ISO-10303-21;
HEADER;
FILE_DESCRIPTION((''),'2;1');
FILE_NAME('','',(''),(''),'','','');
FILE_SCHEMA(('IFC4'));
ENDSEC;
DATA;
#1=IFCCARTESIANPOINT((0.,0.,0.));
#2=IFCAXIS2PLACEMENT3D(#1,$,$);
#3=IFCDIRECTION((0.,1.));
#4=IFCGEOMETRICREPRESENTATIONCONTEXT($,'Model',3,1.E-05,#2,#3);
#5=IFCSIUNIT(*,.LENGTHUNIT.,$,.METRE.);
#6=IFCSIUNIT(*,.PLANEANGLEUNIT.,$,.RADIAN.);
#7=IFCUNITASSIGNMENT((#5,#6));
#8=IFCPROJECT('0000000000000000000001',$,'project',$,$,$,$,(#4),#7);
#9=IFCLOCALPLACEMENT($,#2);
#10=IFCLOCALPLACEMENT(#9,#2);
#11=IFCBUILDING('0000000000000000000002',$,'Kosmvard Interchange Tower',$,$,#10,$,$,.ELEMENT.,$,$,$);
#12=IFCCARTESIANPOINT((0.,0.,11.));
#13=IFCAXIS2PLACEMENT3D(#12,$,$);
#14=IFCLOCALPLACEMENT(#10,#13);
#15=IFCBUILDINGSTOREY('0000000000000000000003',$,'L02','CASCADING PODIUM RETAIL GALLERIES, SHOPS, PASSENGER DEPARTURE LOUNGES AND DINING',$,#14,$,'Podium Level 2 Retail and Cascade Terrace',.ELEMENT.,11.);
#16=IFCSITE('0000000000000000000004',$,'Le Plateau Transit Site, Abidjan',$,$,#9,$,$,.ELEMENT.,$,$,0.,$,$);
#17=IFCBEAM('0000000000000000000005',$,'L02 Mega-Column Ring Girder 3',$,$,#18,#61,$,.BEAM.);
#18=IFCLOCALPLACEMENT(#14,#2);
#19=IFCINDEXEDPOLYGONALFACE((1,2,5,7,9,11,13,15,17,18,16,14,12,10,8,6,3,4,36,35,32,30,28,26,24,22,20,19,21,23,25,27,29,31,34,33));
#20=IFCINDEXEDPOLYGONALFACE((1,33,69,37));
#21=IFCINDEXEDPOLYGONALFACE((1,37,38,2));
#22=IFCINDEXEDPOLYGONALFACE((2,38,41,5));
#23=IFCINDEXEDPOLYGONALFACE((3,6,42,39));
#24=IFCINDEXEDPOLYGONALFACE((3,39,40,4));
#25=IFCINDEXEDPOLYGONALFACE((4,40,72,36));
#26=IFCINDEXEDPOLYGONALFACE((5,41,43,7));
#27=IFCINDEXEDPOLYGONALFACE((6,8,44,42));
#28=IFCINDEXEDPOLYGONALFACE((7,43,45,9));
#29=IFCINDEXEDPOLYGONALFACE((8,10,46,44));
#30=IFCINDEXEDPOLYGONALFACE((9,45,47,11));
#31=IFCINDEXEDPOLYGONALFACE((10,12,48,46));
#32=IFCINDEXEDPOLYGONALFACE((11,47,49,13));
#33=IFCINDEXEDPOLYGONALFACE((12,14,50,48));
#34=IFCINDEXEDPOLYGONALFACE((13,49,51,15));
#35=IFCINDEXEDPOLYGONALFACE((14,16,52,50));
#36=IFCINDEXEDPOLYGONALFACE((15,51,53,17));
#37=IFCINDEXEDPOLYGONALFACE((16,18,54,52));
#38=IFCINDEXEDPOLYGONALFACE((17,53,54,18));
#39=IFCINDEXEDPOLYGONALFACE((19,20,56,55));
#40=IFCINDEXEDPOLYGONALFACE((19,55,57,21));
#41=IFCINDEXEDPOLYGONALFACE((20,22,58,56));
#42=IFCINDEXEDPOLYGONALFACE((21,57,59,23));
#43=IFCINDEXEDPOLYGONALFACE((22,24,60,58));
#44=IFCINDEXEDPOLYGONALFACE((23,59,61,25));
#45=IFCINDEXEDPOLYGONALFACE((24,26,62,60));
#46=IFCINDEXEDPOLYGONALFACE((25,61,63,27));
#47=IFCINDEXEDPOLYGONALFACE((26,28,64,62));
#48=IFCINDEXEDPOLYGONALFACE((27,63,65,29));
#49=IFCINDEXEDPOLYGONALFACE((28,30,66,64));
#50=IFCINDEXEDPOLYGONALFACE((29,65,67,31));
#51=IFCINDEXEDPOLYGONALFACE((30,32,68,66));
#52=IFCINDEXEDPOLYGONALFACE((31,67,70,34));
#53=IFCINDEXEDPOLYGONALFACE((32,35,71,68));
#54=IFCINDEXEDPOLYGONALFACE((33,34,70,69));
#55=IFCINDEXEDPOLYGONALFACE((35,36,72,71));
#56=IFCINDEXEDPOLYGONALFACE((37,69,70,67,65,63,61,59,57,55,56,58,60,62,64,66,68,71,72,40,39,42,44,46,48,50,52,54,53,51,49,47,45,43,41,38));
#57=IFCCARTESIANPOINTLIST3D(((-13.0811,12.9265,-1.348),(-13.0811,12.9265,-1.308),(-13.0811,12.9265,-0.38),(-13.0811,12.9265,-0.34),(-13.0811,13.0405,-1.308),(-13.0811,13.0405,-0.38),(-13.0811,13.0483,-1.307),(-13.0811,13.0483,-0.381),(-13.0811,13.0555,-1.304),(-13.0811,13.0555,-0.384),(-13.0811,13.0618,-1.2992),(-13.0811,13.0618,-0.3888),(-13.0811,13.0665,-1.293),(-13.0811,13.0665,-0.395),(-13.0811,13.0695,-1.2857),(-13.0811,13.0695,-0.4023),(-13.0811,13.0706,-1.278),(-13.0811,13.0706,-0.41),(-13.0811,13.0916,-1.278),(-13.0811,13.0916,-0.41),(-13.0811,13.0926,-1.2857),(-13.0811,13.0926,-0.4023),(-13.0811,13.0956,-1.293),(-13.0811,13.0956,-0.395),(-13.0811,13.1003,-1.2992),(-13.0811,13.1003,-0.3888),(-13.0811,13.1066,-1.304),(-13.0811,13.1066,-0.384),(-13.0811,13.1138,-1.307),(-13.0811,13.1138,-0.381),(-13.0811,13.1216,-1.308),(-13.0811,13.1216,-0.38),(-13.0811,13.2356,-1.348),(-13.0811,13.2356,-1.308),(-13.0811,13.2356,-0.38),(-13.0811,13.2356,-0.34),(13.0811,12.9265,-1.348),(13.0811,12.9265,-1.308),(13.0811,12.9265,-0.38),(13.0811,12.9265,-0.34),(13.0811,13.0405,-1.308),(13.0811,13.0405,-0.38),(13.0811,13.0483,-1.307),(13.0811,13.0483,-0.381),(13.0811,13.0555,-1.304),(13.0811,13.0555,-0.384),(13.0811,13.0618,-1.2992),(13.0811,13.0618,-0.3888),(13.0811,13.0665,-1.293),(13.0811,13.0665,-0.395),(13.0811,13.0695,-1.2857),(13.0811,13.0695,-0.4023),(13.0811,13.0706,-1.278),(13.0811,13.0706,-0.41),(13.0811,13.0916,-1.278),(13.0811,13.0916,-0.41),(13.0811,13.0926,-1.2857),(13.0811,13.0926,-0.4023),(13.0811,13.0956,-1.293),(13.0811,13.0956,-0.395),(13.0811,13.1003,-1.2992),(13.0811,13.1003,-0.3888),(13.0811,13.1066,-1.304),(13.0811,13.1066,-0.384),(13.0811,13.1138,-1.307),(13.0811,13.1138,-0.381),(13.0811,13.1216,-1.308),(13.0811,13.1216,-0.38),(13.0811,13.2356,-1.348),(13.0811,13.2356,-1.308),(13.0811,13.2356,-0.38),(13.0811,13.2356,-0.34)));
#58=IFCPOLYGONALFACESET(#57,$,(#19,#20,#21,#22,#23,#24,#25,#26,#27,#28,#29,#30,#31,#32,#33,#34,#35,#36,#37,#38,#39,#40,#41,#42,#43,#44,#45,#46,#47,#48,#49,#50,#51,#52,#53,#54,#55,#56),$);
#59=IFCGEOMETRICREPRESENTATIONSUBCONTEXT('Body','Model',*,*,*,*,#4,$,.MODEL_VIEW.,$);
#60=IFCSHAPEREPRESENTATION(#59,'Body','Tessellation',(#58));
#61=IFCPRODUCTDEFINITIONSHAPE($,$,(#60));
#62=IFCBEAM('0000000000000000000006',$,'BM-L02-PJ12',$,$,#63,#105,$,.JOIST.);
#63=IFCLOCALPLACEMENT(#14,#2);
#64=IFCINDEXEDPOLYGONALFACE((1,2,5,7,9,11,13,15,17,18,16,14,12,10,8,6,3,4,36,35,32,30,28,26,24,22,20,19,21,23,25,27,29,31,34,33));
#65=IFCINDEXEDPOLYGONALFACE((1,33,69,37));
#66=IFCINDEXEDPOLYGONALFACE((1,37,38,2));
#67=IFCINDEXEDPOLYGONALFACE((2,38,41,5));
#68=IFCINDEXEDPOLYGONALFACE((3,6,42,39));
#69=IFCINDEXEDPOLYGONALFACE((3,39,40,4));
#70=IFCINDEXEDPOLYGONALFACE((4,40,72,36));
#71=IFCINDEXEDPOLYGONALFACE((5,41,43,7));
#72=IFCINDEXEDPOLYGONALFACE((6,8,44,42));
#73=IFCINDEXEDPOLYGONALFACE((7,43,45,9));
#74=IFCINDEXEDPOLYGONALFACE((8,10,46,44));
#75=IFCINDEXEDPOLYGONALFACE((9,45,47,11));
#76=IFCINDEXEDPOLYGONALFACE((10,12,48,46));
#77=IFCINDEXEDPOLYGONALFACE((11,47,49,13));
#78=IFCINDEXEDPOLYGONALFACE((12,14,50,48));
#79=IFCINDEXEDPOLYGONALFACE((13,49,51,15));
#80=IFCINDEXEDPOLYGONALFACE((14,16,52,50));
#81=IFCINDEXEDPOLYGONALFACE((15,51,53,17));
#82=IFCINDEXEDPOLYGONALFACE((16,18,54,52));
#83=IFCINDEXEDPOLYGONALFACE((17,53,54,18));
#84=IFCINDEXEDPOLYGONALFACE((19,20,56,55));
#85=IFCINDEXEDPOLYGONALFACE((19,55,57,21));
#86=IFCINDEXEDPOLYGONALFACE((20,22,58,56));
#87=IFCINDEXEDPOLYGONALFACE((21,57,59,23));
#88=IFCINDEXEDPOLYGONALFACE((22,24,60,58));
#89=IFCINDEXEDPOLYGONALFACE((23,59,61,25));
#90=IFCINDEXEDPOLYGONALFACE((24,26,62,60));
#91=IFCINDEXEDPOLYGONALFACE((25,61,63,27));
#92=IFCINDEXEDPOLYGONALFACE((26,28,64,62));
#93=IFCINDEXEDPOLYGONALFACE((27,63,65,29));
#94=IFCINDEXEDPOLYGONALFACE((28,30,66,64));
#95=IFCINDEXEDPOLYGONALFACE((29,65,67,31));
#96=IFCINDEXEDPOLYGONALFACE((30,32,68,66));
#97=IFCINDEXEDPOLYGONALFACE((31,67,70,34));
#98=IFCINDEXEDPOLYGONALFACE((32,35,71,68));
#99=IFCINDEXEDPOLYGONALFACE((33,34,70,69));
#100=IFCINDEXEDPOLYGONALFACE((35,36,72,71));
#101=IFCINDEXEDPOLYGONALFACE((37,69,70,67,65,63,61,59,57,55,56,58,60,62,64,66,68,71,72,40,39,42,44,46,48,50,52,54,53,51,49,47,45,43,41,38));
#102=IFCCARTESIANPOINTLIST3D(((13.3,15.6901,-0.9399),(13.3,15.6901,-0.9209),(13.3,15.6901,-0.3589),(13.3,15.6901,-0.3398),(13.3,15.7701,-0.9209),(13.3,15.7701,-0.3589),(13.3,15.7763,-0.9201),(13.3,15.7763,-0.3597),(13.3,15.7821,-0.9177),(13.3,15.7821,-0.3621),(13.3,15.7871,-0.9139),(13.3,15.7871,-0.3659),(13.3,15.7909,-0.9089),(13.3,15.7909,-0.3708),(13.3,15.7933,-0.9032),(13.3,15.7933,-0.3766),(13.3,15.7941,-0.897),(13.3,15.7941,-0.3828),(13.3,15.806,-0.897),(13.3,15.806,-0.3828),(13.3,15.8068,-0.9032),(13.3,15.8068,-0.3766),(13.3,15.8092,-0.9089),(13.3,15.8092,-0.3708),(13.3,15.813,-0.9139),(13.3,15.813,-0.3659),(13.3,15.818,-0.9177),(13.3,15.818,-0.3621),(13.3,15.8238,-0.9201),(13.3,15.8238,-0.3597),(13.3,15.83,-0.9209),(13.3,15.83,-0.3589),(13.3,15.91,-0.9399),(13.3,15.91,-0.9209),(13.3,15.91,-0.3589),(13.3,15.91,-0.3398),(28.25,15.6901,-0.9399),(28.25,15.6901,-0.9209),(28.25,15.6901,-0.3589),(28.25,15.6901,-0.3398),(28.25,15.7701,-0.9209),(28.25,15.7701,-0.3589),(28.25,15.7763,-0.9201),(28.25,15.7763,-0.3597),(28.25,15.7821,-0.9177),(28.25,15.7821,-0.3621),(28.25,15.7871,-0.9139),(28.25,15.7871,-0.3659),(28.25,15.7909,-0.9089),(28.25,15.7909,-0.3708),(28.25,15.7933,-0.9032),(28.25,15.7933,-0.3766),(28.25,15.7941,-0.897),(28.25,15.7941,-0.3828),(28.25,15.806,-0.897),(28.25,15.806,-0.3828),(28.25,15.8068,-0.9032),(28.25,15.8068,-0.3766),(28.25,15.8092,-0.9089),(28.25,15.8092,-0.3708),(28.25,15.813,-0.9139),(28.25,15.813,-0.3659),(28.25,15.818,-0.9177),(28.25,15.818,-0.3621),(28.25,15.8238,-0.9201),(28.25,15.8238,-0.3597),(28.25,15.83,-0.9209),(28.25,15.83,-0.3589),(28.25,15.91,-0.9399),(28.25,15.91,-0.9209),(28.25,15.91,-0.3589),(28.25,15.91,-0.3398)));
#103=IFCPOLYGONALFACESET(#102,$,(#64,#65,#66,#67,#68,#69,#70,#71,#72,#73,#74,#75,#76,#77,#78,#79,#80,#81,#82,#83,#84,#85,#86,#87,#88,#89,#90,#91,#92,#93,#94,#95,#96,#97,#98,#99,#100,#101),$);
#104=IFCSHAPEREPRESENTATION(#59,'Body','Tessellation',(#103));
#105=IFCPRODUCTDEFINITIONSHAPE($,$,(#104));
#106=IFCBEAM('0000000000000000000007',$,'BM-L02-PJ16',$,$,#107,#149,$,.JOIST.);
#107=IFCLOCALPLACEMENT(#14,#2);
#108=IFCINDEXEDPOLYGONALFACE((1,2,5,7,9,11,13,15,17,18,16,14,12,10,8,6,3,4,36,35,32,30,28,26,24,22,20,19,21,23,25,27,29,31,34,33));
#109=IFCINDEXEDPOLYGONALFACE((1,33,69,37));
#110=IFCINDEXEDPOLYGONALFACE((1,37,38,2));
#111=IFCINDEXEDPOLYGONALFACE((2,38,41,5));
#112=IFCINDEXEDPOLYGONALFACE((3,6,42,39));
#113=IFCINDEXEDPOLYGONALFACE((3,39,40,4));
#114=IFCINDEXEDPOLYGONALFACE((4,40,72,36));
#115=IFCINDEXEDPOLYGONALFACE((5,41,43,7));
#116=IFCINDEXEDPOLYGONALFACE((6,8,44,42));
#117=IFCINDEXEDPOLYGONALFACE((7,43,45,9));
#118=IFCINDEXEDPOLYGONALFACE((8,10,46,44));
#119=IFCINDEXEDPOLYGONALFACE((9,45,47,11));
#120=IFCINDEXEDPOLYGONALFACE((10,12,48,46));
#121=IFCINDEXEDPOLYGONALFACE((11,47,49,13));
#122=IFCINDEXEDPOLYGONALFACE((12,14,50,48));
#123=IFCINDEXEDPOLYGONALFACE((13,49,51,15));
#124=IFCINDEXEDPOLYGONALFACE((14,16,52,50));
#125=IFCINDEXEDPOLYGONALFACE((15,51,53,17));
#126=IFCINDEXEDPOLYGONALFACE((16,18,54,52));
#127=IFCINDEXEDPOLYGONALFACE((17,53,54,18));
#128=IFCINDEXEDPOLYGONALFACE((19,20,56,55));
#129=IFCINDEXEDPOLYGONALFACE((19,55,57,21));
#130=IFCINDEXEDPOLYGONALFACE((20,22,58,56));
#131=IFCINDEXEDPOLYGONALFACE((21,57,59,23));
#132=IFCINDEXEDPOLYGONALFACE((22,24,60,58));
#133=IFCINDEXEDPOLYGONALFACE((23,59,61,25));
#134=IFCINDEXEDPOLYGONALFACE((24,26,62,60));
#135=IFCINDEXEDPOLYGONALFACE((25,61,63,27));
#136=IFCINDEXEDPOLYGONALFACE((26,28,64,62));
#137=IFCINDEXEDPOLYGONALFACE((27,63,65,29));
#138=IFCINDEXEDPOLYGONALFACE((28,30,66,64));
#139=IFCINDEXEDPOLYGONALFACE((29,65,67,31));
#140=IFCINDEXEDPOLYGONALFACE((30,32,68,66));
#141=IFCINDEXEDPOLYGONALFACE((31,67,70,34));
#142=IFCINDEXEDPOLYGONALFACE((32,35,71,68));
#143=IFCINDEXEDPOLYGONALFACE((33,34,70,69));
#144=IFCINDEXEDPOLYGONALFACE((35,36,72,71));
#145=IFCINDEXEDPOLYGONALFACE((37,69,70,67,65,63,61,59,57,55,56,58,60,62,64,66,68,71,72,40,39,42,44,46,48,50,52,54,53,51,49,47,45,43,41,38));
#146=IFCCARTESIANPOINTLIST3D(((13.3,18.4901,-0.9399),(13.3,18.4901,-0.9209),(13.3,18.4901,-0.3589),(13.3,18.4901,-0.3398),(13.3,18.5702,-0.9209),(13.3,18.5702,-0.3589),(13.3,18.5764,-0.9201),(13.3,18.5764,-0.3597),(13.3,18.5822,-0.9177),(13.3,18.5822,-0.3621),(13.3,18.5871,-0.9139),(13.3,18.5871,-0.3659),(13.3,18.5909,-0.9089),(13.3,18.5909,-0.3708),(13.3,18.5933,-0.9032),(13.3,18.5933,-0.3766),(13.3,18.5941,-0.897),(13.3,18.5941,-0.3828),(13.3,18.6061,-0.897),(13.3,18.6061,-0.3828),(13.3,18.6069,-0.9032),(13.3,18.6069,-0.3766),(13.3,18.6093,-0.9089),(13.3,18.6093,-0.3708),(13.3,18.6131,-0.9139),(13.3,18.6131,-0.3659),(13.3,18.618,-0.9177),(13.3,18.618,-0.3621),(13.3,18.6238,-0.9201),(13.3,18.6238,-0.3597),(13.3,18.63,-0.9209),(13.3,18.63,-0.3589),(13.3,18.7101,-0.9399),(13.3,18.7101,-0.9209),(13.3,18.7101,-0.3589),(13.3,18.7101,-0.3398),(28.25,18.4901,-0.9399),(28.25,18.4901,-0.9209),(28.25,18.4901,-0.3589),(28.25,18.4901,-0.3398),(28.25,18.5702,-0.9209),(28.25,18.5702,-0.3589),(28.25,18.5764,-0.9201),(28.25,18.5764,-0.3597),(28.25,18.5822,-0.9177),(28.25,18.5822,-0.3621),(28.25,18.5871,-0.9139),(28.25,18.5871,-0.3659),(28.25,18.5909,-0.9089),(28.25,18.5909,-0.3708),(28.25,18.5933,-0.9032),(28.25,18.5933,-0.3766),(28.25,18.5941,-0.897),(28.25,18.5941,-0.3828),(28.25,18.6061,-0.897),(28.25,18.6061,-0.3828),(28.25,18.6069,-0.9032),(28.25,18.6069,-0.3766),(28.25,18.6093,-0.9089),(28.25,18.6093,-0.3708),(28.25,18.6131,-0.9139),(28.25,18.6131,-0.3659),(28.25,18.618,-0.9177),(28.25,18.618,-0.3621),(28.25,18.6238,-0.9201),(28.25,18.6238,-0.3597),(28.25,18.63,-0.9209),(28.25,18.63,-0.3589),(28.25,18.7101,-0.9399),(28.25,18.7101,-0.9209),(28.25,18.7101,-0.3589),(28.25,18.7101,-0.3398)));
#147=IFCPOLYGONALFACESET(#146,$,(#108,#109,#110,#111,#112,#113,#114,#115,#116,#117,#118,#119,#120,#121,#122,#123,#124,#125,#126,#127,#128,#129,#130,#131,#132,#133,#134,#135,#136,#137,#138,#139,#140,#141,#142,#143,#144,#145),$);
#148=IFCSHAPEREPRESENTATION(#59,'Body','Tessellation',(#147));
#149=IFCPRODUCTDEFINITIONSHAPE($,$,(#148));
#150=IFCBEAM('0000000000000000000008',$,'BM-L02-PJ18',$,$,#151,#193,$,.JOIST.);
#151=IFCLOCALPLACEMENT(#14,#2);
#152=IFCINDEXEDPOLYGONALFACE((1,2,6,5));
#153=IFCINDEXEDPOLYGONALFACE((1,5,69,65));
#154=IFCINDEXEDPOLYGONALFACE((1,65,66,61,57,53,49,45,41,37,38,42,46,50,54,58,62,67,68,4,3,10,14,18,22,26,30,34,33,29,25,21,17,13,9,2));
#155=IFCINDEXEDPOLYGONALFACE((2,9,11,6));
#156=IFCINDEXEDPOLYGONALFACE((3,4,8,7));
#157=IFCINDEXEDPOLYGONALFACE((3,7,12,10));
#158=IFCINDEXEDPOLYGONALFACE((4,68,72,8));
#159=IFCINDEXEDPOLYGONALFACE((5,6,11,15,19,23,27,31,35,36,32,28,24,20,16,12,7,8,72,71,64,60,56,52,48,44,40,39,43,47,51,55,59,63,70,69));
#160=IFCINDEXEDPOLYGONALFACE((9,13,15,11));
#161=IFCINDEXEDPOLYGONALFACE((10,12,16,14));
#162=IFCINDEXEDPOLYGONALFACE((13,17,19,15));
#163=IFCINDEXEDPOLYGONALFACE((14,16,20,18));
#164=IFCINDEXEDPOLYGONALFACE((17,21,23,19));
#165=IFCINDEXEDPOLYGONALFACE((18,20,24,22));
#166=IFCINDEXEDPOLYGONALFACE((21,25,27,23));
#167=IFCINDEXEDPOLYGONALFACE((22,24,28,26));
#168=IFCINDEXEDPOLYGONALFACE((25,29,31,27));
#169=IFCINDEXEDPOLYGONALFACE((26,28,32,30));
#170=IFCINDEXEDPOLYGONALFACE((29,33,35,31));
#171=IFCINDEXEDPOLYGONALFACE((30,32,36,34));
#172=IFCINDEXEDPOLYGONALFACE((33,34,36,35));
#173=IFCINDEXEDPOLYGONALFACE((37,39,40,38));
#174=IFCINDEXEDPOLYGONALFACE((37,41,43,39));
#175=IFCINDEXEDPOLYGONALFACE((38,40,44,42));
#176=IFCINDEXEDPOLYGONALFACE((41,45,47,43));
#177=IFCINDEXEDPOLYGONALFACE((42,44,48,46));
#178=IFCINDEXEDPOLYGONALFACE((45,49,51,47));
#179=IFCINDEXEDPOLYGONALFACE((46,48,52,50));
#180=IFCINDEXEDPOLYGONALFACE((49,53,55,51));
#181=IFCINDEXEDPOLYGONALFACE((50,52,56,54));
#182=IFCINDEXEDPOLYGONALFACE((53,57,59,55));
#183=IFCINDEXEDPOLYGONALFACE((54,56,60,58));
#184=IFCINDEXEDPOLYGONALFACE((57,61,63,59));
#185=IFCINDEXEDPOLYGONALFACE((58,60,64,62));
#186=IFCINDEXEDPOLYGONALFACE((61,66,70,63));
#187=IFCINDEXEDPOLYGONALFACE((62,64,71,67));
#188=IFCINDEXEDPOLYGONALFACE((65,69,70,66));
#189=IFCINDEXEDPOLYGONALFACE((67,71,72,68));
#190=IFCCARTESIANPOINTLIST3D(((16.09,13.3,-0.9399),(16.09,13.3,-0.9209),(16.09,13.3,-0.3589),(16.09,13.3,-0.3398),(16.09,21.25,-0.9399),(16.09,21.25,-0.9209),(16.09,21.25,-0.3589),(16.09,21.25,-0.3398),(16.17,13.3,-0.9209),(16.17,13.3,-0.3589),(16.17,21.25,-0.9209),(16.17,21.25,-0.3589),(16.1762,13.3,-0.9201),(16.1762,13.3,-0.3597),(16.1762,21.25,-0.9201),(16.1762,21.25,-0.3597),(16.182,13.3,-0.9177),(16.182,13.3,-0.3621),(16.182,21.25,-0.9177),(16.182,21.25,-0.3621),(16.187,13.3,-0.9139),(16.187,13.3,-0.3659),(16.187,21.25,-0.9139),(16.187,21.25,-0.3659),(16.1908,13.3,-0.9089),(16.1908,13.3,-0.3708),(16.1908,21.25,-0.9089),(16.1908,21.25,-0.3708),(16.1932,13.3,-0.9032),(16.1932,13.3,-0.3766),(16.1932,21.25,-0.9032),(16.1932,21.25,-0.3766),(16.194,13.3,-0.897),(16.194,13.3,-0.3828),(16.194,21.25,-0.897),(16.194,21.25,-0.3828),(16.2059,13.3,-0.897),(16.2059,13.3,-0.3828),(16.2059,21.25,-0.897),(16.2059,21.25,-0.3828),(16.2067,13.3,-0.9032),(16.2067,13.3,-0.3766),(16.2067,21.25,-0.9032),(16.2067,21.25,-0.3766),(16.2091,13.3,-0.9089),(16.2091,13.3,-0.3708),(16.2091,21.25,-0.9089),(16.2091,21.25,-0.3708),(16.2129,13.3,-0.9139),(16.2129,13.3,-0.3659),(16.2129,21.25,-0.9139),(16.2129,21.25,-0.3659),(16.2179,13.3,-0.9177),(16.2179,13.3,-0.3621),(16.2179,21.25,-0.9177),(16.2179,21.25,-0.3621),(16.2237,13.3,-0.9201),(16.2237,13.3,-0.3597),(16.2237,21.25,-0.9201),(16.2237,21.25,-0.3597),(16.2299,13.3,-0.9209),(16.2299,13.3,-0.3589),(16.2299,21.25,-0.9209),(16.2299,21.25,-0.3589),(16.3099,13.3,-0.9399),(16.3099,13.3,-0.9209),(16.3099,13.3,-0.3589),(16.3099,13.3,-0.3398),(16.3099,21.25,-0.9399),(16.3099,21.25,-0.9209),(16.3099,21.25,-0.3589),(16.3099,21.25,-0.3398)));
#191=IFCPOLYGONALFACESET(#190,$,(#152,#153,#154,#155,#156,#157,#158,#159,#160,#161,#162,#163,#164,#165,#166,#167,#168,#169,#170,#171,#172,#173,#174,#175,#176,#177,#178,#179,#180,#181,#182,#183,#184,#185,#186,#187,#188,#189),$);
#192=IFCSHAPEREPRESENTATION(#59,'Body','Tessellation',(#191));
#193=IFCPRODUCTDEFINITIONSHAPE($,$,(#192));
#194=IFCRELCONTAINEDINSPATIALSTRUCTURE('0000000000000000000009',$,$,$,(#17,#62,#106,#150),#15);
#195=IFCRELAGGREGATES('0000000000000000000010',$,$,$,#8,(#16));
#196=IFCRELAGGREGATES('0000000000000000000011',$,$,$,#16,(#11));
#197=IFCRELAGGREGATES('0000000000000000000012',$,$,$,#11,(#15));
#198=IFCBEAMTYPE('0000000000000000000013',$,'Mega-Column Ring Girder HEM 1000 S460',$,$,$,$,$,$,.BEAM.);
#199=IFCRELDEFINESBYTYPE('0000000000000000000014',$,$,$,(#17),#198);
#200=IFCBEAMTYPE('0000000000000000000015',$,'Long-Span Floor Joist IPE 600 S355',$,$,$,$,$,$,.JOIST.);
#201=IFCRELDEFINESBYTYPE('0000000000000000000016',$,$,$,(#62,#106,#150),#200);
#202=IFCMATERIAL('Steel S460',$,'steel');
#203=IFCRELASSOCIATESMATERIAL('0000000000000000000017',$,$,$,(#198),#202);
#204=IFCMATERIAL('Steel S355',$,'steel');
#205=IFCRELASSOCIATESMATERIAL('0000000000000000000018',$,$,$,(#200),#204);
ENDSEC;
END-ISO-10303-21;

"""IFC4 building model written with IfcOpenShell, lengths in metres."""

from ifc_helpers import new_model, si_unit, direction, frame, origin, origin_2d, place, context, subcontext, project, spatial, i_section, extrude, source, transform, mapped, material, material_profile, profile_set, type_object, element, save


model = new_model("IFC4")

# Units and contexts
model_context = context("Model", 3, precision=1e-05, world=origin(), true_north=direction((0.0, 1.0)))
body_context = subcontext(model_context, "Body", "Model", "MODEL_VIEW")
ifc_project = project(units=[si_unit("LENGTHUNIT", "METRE"), si_unit("PLANEANGLEUNIT", "RADIAN")], contexts=[model_context])

# Site, building, storey
site_placement = place(None, origin())
site = spatial("IfcSite", under=ifc_project, at=site_placement, Name="Le Plateau Transit Site, Abidjan", CompositionType="ELEMENT", RefElevation=0.0)
building_placement = place(site_placement, origin())
building = spatial("IfcBuilding", under=site, at=building_placement, Name="Kosmvard Interchange Tower", CompositionType="ELEMENT")
storey_placement = place(building_placement, frame((0.0, 0.0, 11.0)))
storey = spatial("IfcBuildingStorey", under=building, at=storey_placement, Name="L02", Description="CASCADING PODIUM RETAIL GALLERIES, SHOPS, PASSENGER DEPARTURE LOUNGES AND DINING", LongName="Podium Level 2 Retail and Cascade Terrace", CompositionType="ELEMENT", Elevation=11.0)

# Beams
ifc_material_1 = material(Name="Steel S460", Category="steel")
ifc_material_profile_1 = material_profile(ifc_material_1, i_section(OverallWidth=0.3091, OverallDepth=1.0081, WebThickness=0.021, FlangeThickness=0.04, FilletRadius=0.03, at=origin_2d()), Name="HEM 1000")
ifc_profile_set_1 = profile_set([ifc_material_profile_1], Name="Steel S460")
beam_type_1 = type_object("IfcBeamType", Name="Mega-Column Ring Girder HEM 1000 S460", PredefinedType="BEAM", material=ifc_profile_set_1)
shared_shape_1 = source(origin(), body_context, "Body", "SweptSolid", [
    extrude(i_section(OverallWidth=0.3091, OverallDepth=1.0081, WebThickness=0.021, FlangeThickness=0.04, FilletRadius=0.03, at=origin_2d()), origin(), (0.0, 0.0, 1.0), 26.1621),
])
beam_1_placement = place(storey_placement, frame((13.0811, 13.0811, -0.844), z_axis=(-1.0, 0.0, 0.0), x_axis=(0.0, -1.0, 0.0)))
element("IfcBeam", 1, at=beam_1_placement, inside=storey, type_object=beam_type_1, Name="L02 Mega-Column Ring Girder 3", PredefinedType="BEAM", context=body_context, shape_type="MappedRepresentation", body=[
    mapped(shared_shape_1, transform((0.0, 0.0, 0.0), scale=1.0)),
])
ifc_material_2 = material(Name="Steel S355", Category="steel")
ifc_material_profile_2 = material_profile(ifc_material_2, i_section(OverallWidth=0.22, OverallDepth=0.6001, WebThickness=0.012, FlangeThickness=0.019, FilletRadius=0.0239, at=origin_2d()), Name="IPE 600")
ifc_profile_set_2 = profile_set([ifc_material_profile_2], Name="Steel S355")
beam_type_2 = type_object("IfcBeamType", Name="Long-Span Floor Joist IPE 600 S355", PredefinedType="JOIST", material=ifc_profile_set_2)
shared_shape_2 = source(origin(), body_context, "Body", "SweptSolid", [
    extrude(i_section(OverallWidth=0.22, OverallDepth=0.6001, WebThickness=0.012, FlangeThickness=0.019, FilletRadius=0.0239, at=origin_2d()), origin(), (0.0, 0.0, 1.0), 14.95),
])
for number, where, z_axis, x_axis, name in (
    (2, (13.3, 15.8, -0.6399), (1.0, 0.0, 0.0), (0.0, 1.0, 0.0), "BM-L02-PJ12"),
    (3, (13.3, 18.6001, -0.6399), (1.0, 0.0, 0.0), (0.0, 1.0, 0.0), "BM-L02-PJ16"),
):
    element("IfcBeam", number, at=place(storey_placement, frame(where, z_axis=z_axis, x_axis=x_axis)), inside=storey, type_object=beam_type_2, Name=name, PredefinedType="JOIST", context=body_context, shape_type="MappedRepresentation", body=[
        mapped(shared_shape_2, transform((0.0, 0.0, 0.0), scale=1.0)),
    ])
shared_shape_3 = source(origin(), body_context, "Body", "SweptSolid", [
    extrude(i_section(OverallWidth=0.22, OverallDepth=0.6001, WebThickness=0.012, FlangeThickness=0.019, FilletRadius=0.0239, at=origin_2d()), origin(), (0.0, 0.0, 1.0), 7.95),
])
beam_2_placement = place(storey_placement, frame((16.2, 13.3, -0.6399), z_axis=(0.0, 1.0, 0.0), x_axis=(-1.0, 0.0, 0.0)))
element("IfcBeam", 4, at=beam_2_placement, inside=storey, type_object=beam_type_2, Name="BM-L02-PJ18", PredefinedType="JOIST", context=body_context, shape_type="MappedRepresentation", body=[
    mapped(shared_shape_3, transform((0.0, 0.0, 0.0), scale=1.0)),
])

save(model, "model.ifc")
